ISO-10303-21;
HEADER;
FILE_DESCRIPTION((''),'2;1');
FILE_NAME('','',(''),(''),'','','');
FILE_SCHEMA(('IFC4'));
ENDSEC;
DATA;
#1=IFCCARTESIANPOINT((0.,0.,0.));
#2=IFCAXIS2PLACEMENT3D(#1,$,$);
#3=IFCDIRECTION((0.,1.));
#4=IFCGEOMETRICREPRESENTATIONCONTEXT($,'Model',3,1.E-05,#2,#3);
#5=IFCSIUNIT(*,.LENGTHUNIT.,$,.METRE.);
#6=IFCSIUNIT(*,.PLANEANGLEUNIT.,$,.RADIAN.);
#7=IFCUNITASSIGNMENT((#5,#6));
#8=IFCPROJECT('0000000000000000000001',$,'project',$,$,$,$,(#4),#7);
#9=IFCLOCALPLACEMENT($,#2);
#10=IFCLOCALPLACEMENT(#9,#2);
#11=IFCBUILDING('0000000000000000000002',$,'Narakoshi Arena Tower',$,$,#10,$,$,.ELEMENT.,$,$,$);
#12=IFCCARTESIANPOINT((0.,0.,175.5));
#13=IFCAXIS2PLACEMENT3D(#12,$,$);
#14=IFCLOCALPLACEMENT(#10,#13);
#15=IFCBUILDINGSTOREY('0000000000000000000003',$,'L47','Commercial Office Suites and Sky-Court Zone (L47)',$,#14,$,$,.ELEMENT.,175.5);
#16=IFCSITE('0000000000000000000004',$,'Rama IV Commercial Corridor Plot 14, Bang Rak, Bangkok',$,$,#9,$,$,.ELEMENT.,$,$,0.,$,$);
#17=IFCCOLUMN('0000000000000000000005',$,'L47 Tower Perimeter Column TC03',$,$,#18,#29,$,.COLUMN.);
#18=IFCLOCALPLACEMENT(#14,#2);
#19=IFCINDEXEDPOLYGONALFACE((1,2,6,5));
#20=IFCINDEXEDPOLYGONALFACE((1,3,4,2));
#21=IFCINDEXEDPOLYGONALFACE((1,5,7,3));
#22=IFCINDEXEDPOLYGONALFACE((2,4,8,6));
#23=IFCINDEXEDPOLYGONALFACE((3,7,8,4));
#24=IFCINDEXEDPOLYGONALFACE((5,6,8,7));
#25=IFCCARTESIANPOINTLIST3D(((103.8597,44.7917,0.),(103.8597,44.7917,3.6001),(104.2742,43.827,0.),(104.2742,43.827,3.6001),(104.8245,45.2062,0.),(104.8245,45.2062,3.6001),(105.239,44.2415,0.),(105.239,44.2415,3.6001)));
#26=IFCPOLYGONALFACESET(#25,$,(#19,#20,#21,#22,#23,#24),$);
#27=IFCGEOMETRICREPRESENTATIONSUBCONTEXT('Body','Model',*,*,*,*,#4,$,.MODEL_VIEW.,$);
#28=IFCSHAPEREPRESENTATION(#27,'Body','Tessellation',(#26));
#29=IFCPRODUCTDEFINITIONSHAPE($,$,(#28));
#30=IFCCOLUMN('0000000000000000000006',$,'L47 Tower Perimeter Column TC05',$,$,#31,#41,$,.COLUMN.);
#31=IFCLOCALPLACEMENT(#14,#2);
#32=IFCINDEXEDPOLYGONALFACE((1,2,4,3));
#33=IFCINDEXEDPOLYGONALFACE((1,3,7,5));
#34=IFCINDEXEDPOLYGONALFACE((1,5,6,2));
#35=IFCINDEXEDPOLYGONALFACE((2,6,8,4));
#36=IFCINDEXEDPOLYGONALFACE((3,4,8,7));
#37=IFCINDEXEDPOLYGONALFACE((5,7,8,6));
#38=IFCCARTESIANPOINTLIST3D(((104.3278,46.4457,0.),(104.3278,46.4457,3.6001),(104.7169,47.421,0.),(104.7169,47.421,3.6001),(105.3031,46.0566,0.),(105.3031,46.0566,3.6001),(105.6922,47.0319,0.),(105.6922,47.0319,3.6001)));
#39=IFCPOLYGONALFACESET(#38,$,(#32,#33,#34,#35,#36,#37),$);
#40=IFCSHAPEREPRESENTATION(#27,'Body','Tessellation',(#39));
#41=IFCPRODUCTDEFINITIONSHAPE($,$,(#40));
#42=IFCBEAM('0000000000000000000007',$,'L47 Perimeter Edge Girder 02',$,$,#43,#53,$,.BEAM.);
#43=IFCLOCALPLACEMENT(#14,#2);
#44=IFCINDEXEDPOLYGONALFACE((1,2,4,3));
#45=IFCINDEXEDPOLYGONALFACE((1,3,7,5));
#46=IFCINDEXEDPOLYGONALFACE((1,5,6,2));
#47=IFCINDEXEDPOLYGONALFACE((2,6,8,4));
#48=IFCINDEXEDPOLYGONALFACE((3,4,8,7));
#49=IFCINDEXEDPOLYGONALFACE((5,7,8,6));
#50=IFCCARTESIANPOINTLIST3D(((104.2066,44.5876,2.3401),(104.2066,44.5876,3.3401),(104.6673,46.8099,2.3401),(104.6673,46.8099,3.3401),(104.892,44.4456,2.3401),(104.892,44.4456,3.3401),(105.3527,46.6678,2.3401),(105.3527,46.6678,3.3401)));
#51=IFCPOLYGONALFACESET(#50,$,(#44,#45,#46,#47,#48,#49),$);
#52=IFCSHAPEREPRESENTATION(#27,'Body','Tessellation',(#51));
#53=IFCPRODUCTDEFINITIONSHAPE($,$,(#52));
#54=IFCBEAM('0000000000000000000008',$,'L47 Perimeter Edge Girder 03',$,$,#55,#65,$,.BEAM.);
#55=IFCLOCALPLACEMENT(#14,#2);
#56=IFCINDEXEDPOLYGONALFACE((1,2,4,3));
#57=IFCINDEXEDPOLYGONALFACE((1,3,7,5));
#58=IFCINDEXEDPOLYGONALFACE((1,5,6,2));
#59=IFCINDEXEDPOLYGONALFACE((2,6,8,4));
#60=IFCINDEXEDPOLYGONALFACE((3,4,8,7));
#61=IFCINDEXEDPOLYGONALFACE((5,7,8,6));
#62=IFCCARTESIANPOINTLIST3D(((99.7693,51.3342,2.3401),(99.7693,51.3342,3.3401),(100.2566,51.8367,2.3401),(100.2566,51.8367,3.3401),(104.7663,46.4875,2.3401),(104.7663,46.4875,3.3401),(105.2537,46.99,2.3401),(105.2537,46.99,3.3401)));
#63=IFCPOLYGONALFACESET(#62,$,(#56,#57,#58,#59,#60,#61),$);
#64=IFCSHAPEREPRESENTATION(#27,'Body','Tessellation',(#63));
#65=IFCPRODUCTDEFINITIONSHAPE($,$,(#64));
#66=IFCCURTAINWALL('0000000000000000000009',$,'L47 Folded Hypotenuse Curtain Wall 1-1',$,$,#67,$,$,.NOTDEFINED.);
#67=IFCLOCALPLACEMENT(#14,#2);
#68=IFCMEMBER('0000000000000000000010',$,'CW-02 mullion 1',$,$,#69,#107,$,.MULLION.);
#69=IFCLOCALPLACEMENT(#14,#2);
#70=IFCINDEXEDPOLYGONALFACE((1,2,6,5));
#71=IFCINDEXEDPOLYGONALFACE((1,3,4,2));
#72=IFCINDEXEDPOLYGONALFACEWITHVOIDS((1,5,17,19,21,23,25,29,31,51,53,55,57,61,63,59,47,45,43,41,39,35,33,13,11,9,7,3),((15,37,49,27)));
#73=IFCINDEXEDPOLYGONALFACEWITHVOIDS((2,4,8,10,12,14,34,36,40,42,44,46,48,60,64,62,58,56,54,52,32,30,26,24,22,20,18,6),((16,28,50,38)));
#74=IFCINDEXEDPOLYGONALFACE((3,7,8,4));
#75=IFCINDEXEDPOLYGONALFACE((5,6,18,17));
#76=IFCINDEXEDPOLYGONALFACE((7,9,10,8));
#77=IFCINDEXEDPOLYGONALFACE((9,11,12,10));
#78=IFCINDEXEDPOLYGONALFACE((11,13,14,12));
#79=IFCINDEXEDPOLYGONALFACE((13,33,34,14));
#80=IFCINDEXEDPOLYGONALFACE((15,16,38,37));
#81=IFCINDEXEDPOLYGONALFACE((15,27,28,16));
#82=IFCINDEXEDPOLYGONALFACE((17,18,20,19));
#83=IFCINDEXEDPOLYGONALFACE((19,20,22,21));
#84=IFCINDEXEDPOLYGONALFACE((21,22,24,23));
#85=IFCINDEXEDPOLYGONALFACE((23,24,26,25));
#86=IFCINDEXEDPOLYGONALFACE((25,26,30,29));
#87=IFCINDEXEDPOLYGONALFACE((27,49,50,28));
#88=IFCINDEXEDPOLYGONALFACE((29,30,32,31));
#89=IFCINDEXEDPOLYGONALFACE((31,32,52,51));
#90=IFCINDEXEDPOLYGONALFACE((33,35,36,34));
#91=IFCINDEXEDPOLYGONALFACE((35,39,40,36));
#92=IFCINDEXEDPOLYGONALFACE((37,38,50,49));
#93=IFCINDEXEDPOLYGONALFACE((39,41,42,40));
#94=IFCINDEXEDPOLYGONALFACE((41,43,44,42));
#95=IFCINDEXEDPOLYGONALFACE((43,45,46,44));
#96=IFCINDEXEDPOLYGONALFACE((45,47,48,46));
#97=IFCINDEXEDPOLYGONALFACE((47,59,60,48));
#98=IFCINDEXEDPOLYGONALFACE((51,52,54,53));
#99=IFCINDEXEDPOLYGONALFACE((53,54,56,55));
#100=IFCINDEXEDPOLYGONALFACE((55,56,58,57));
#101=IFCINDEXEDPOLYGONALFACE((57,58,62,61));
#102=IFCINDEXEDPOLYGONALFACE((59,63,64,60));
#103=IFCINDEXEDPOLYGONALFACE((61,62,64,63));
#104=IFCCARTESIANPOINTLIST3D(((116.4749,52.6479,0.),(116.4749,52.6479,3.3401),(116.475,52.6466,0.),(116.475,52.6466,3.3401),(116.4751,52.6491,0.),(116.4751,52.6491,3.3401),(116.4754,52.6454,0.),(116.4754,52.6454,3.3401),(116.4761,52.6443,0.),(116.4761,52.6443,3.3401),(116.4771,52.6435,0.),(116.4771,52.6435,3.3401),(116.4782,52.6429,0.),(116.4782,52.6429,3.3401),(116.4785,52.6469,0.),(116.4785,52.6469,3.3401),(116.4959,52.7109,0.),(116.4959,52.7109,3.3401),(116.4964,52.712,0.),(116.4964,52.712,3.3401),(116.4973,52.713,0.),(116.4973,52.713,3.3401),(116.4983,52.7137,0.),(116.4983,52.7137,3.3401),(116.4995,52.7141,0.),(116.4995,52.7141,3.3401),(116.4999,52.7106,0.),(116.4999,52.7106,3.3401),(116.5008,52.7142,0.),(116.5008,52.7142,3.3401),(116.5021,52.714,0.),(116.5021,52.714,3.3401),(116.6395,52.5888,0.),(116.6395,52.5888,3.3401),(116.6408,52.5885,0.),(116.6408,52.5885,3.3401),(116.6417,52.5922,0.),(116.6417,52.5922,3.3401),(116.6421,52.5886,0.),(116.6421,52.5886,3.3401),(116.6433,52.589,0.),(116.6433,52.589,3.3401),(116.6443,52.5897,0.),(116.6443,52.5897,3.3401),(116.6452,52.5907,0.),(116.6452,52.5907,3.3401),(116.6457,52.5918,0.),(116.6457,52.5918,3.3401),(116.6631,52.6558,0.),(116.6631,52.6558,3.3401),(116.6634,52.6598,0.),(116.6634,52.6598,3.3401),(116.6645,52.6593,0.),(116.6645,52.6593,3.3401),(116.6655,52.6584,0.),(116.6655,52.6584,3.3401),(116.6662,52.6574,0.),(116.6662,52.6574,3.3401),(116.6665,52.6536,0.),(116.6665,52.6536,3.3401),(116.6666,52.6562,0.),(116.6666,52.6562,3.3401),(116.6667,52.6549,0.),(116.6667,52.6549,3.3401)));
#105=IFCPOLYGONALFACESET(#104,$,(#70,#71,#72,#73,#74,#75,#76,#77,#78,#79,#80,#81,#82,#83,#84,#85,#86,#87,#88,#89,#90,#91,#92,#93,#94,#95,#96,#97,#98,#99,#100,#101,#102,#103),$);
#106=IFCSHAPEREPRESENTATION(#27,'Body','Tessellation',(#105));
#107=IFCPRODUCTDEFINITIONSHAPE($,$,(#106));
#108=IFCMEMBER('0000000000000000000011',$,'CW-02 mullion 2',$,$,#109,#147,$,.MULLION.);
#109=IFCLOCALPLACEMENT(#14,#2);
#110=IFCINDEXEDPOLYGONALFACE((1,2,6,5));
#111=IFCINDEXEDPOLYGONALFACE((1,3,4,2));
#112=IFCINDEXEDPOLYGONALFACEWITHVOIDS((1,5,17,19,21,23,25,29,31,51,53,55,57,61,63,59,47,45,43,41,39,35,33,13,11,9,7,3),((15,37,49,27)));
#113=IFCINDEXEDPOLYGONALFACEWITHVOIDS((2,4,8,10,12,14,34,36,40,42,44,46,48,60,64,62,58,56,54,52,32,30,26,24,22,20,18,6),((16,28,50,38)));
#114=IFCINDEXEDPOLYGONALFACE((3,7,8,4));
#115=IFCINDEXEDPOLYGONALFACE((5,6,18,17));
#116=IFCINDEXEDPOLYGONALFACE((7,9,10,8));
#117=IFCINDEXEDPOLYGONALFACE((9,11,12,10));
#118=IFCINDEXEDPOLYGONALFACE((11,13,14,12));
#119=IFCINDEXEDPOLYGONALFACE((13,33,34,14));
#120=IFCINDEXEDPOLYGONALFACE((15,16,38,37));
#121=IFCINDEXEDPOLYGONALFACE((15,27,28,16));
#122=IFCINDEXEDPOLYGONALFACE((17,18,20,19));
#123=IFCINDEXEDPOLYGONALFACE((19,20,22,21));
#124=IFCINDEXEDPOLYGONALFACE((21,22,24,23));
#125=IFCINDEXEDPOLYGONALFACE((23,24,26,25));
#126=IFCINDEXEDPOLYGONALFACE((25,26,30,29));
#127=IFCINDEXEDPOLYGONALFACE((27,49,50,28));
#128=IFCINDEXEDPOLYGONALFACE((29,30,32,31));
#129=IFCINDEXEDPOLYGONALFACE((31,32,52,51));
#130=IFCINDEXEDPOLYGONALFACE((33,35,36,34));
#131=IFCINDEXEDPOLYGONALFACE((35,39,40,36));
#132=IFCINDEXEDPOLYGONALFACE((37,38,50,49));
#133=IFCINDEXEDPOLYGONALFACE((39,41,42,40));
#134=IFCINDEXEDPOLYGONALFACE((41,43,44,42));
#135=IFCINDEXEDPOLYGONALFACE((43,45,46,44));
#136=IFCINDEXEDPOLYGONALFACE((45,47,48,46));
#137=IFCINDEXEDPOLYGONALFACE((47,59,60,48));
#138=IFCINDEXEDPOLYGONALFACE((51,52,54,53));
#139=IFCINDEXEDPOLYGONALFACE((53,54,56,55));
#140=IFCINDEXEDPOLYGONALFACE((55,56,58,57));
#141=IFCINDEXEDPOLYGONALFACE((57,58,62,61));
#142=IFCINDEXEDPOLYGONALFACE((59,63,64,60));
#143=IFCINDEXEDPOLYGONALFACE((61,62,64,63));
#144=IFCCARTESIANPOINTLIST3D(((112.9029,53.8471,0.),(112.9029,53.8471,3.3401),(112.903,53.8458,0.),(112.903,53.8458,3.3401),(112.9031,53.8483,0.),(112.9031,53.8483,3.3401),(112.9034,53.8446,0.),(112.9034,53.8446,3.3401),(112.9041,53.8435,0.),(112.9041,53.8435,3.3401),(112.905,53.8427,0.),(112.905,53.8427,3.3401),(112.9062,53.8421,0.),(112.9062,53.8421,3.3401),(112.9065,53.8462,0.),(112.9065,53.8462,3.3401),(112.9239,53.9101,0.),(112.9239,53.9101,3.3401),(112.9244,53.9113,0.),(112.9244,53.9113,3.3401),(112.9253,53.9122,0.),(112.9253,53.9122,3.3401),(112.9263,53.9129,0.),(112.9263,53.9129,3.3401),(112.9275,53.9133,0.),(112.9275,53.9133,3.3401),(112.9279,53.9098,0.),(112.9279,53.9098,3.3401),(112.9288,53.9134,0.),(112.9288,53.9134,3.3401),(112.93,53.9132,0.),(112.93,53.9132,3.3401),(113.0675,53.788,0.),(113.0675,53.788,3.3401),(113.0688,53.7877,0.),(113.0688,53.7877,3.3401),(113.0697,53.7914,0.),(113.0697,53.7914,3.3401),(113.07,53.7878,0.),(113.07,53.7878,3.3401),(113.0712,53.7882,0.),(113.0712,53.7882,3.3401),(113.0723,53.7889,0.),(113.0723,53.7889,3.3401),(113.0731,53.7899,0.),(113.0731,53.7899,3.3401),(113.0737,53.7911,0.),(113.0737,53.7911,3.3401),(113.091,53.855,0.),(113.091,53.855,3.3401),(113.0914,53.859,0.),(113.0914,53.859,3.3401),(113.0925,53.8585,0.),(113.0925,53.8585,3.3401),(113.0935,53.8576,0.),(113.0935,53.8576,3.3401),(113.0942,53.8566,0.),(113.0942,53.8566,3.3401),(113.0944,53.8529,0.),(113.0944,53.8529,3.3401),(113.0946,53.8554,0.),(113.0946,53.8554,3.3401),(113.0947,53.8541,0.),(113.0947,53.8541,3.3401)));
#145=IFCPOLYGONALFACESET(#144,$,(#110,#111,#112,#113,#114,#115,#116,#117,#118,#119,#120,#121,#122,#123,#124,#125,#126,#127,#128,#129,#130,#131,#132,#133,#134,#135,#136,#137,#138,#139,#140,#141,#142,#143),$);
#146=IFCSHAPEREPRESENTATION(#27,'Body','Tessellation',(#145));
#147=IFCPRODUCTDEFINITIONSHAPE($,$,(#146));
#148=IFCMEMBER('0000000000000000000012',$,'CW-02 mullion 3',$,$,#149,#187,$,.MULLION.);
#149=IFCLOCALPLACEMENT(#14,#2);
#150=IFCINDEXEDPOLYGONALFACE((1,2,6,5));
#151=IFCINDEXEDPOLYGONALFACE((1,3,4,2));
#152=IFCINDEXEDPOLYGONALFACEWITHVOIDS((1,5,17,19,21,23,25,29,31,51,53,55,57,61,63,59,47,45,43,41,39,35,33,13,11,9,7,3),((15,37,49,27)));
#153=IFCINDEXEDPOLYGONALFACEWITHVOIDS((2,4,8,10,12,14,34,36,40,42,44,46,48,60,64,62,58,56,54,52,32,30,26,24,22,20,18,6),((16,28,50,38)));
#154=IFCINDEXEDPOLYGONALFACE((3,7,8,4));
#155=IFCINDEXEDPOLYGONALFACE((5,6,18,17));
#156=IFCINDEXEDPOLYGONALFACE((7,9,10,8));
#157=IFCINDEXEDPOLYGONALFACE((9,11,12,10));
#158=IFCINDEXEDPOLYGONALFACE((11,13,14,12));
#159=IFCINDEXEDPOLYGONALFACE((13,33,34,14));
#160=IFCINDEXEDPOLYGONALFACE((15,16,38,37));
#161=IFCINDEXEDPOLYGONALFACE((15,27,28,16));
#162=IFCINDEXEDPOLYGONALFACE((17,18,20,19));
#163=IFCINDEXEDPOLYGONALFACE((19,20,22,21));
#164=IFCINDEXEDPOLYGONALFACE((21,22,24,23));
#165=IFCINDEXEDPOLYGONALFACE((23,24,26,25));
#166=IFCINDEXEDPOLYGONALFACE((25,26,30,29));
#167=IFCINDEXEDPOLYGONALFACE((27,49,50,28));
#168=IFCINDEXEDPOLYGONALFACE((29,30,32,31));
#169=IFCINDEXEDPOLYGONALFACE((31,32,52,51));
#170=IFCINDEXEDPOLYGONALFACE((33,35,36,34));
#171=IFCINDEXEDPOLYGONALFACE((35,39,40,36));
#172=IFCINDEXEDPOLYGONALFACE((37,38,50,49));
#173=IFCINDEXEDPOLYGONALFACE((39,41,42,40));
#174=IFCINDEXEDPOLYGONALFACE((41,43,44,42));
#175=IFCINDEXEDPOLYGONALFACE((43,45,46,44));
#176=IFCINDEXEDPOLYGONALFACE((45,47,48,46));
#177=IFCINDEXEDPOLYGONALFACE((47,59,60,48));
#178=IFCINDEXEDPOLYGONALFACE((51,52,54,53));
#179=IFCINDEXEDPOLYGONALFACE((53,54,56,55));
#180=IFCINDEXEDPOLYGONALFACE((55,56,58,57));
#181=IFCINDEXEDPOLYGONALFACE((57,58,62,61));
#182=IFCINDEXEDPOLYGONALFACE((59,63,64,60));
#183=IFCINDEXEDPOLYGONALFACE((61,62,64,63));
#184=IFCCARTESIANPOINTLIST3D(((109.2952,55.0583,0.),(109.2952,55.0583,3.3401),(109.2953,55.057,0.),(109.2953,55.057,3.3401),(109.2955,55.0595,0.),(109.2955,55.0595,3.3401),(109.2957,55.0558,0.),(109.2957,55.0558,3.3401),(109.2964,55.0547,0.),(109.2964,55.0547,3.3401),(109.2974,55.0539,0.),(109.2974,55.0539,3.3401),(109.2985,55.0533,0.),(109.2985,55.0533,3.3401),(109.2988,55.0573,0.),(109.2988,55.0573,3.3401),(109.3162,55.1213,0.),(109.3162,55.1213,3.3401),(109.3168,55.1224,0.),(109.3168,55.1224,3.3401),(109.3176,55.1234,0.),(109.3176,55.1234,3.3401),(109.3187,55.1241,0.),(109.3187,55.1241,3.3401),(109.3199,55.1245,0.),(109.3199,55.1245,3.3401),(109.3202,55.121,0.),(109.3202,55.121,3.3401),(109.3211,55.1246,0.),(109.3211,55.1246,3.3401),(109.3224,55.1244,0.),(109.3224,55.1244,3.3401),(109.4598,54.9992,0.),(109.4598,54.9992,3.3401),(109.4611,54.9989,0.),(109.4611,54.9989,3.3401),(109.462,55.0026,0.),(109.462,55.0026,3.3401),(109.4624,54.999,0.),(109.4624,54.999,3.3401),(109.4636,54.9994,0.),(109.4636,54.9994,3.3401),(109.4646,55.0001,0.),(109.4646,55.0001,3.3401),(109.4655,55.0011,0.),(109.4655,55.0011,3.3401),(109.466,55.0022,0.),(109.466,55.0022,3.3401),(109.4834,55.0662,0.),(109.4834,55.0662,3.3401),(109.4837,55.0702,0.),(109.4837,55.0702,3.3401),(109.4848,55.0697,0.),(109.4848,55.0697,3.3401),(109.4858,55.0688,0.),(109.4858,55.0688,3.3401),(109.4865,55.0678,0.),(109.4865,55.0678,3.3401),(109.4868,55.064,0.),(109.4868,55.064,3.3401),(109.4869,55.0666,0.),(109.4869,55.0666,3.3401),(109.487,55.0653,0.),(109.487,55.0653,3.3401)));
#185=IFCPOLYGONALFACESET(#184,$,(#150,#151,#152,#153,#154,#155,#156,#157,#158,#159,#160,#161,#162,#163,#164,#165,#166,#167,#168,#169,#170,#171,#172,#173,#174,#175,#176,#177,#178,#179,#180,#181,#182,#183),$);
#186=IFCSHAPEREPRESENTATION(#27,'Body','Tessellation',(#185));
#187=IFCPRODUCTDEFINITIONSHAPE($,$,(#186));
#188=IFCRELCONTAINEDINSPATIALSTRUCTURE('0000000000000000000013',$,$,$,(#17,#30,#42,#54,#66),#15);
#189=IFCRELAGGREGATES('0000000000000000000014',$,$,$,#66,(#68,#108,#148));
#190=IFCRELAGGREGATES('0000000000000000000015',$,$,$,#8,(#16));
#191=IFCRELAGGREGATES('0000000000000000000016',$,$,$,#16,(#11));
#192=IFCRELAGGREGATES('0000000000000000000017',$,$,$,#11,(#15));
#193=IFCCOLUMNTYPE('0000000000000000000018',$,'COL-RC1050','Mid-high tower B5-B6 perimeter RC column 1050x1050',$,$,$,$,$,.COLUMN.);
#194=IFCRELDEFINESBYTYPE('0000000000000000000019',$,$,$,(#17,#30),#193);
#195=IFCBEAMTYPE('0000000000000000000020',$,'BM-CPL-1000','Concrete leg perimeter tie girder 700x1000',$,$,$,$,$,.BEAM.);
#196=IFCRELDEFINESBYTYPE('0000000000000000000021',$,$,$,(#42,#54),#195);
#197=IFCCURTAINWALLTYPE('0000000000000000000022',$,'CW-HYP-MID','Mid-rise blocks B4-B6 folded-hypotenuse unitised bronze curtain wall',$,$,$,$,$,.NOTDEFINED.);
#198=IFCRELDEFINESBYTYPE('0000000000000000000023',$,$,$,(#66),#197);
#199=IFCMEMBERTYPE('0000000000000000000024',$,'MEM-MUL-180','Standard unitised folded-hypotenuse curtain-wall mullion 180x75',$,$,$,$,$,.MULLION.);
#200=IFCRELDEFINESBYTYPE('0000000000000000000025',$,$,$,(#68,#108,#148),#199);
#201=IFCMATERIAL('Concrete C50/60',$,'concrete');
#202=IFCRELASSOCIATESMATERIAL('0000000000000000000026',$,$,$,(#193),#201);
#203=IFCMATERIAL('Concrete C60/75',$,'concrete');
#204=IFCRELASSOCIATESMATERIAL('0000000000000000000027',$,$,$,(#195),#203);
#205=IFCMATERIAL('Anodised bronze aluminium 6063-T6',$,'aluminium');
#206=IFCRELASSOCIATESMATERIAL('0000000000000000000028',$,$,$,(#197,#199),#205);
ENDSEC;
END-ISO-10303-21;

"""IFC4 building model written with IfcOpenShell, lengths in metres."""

from ifc_helpers import new_model, si_unit, direction, frame, origin, origin_2d, place, context, subcontext, project, spatial, rectangle, hollow_rectangle, extrude, material, material_profile, profile_set, type_object, element, aggregate, save


model = new_model("IFC4")

# Units and contexts
model_context = context("Model", 3, precision=1e-05, world=origin(), true_north=direction((0.0, 1.0)))
body_context = subcontext(model_context, "Body", "Model", "MODEL_VIEW")
ifc_project = project(units=[si_unit("LENGTHUNIT", "METRE"), si_unit("PLANEANGLEUNIT", "RADIAN")], contexts=[model_context])

# Site, building, storey
site_placement = place(None, origin())
site = spatial("IfcSite", under=ifc_project, at=site_placement, Name="Rama IV Commercial Corridor Plot 14, Bang Rak, Bangkok", CompositionType="ELEMENT", RefElevation=0.0)
building_placement = place(site_placement, origin())
building = spatial("IfcBuilding", under=site, at=building_placement, Name="Narakoshi Arena Tower", CompositionType="ELEMENT")
storey_placement = place(building_placement, frame((0.0, 0.0, 175.5)))
storey = spatial("IfcBuildingStorey", under=building, at=storey_placement, Name="L47", Description="Commercial Office Suites and Sky-Court Zone (L47)", CompositionType="ELEMENT", Elevation=175.5)

# Columns
ifc_material_1 = material(Name="Concrete C50/60", Category="concrete")
ifc_material_profile_1 = material_profile(ifc_material_1, rectangle(XDim=1.05, YDim=1.05, at=origin_2d()), Name="RC1050x1050")
ifc_profile_set_1 = profile_set([ifc_material_profile_1], Name="Concrete C50/60")
column_type = type_object("IfcColumnType", Name="COL-RC1050", Description="Mid-high tower B5-B6 perimeter RC column 1050x1050", PredefinedType="COLUMN", material=ifc_profile_set_1)
for number, where, z_axis, x_axis, name in (
    (1, (104.5493, 44.5166, 0.0), (0.0, 0.0, 1.0), (0.918791, 0.394744, 0.0), "L47 Tower Perimeter Column TC03"),
    (2, (105.01, 46.7388, 0.0), (0.0, 0.0, 1.0), (0.370557, 0.92881, 0.0), "L47 Tower Perimeter Column TC05"),
):
    element("IfcColumn", number, at=place(storey_placement, frame(where, z_axis=z_axis, x_axis=x_axis)), inside=storey, type_object=column_type, Name=name, PredefinedType="COLUMN", context=body_context, shape_type="SweptSolid", body=[
        extrude(rectangle(XDim=1.05, YDim=1.05, at=origin_2d()), origin(), (0.0, 0.0, 1.0), 3.6001),
    ])

# Beams
ifc_material_2 = material(Name="Concrete C60/75", Category="concrete")
ifc_material_profile_2 = material_profile(ifc_material_2, rectangle(XDim=0.7, YDim=1.0, at=origin_2d()), Name="RCB700x1000")
ifc_profile_set_2 = profile_set([ifc_material_profile_2], Name="Concrete C60/75")
beam_type = type_object("IfcBeamType", Name="BM-CPL-1000", Description="Concrete leg perimeter tie girder 700x1000", PredefinedType="BEAM", material=ifc_profile_set_2)
beam_1_placement = place(storey_placement, frame((104.5493, 44.5166, 2.8401), z_axis=(0.203, 0.979179, 0.0), x_axis=(-0.979179, 0.203, 0.0)))
element("IfcBeam", 3, at=beam_1_placement, inside=storey, type_object=beam_type, Name="L47 Perimeter Edge Girder 02", PredefinedType="BEAM", context=body_context, shape_type="SweptSolid", body=[
    extrude(rectangle(XDim=0.7, YDim=1.0, at=origin_2d()), origin(), (0.0, 0.0, 1.0), 2.2695),
])
beam_2_placement = place(storey_placement, frame((105.01, 46.7388, 2.8401), z_axis=(-0.717826, 0.696223, 0.0), x_axis=(-0.696223, -0.717826, 0.0)))
element("IfcBeam", 4, at=beam_2_placement, inside=storey, type_object=beam_type, Name="L47 Perimeter Edge Girder 03", PredefinedType="BEAM", context=body_context, shape_type="SweptSolid", body=[
    extrude(rectangle(XDim=0.7, YDim=1.0, at=origin_2d()), origin(), (0.0, 0.0, 1.0), 6.9614),
])

# Curtain wall, members
ifc_material_3 = material(Name="Anodised bronze aluminium 6063-T6", Category="aluminium")
curtain_wall_type = type_object("IfcCurtainWallType", Name="CW-HYP-MID", Description="Mid-rise blocks B4-B6 folded-hypotenuse unitised bronze curtain wall", PredefinedType="NOTDEFINED", material=ifc_material_3)
curtain_wall_placement = place(storey_placement, origin())
curtain_wall = element("IfcCurtainWall", 5, at=curtain_wall_placement, inside=storey, type_object=curtain_wall_type, Name="L47 Folded Hypotenuse Curtain Wall 1-1", PredefinedType="NOTDEFINED")
ifc_material_profile_3 = material_profile(ifc_material_3, hollow_rectangle(XDim=0.075, YDim=0.1799, WallThickness=0.0039, OuterFilletRadius=0.0049, at=origin_2d()), Name="MUL180x75x4")
ifc_profile_set_3 = profile_set([ifc_material_profile_3], Name="Anodised bronze aluminium 6063-T6")
member_type_1 = type_object("IfcMemberType", Name="MEM-MUL-180", Description="Standard unitised folded-hypotenuse curtain-wall mullion 180x75", PredefinedType="MULLION", material=ifc_profile_set_3)
member_1_placement = place(storey_placement, frame((116.5708, 52.6514, 0.0), z_axis=(0.0, 0.0, 1.0), x_axis=(-0.318261, -0.948003, 0.0)))
member_1 = element("IfcMember", 6, at=member_1_placement, type_object=member_type_1, Name="CW-02 mullion 1", PredefinedType="MULLION", context=body_context, shape_type="SweptSolid", body=[
    extrude(hollow_rectangle(XDim=0.075, YDim=0.1799, WallThickness=0.0039, OuterFilletRadius=0.0049, at=origin_2d()), origin(), (0.0, 0.0, 1.0), 3.3401),
])
member_2_placement = place(storey_placement, frame((112.9988, 53.8506, 0.0), z_axis=(0.0, 0.0, 1.0), x_axis=(-0.318261, -0.948003, 0.0)))
member_2 = element("IfcMember", 7, at=member_2_placement, type_object=member_type_1, Name="CW-02 mullion 2", PredefinedType="MULLION", context=body_context, shape_type="SweptSolid", body=[
    extrude(hollow_rectangle(XDim=0.075, YDim=0.1799, WallThickness=0.0039, OuterFilletRadius=0.0049, at=origin_2d()), origin(), (0.0, 0.0, 1.0), 3.3401),
])
member_3_placement = place(storey_placement, frame((109.3911, 55.0618, 0.0), z_axis=(0.0, 0.0, 1.0), x_axis=(-0.318261, -0.948003, 0.0)))
member_3 = element("IfcMember", 8, at=member_3_placement, type_object=member_type_1, Name="CW-02 mullion 3", PredefinedType="MULLION", context=body_context, shape_type="SweptSolid", body=[
    extrude(hollow_rectangle(XDim=0.075, YDim=0.1799, WallThickness=0.0039, OuterFilletRadius=0.0049, at=origin_2d()), origin(), (0.0, 0.0, 1.0), 3.3401),
])
aggregate(curtain_wall, [member_1, member_2, member_3])

save(model, "model.ifc")
